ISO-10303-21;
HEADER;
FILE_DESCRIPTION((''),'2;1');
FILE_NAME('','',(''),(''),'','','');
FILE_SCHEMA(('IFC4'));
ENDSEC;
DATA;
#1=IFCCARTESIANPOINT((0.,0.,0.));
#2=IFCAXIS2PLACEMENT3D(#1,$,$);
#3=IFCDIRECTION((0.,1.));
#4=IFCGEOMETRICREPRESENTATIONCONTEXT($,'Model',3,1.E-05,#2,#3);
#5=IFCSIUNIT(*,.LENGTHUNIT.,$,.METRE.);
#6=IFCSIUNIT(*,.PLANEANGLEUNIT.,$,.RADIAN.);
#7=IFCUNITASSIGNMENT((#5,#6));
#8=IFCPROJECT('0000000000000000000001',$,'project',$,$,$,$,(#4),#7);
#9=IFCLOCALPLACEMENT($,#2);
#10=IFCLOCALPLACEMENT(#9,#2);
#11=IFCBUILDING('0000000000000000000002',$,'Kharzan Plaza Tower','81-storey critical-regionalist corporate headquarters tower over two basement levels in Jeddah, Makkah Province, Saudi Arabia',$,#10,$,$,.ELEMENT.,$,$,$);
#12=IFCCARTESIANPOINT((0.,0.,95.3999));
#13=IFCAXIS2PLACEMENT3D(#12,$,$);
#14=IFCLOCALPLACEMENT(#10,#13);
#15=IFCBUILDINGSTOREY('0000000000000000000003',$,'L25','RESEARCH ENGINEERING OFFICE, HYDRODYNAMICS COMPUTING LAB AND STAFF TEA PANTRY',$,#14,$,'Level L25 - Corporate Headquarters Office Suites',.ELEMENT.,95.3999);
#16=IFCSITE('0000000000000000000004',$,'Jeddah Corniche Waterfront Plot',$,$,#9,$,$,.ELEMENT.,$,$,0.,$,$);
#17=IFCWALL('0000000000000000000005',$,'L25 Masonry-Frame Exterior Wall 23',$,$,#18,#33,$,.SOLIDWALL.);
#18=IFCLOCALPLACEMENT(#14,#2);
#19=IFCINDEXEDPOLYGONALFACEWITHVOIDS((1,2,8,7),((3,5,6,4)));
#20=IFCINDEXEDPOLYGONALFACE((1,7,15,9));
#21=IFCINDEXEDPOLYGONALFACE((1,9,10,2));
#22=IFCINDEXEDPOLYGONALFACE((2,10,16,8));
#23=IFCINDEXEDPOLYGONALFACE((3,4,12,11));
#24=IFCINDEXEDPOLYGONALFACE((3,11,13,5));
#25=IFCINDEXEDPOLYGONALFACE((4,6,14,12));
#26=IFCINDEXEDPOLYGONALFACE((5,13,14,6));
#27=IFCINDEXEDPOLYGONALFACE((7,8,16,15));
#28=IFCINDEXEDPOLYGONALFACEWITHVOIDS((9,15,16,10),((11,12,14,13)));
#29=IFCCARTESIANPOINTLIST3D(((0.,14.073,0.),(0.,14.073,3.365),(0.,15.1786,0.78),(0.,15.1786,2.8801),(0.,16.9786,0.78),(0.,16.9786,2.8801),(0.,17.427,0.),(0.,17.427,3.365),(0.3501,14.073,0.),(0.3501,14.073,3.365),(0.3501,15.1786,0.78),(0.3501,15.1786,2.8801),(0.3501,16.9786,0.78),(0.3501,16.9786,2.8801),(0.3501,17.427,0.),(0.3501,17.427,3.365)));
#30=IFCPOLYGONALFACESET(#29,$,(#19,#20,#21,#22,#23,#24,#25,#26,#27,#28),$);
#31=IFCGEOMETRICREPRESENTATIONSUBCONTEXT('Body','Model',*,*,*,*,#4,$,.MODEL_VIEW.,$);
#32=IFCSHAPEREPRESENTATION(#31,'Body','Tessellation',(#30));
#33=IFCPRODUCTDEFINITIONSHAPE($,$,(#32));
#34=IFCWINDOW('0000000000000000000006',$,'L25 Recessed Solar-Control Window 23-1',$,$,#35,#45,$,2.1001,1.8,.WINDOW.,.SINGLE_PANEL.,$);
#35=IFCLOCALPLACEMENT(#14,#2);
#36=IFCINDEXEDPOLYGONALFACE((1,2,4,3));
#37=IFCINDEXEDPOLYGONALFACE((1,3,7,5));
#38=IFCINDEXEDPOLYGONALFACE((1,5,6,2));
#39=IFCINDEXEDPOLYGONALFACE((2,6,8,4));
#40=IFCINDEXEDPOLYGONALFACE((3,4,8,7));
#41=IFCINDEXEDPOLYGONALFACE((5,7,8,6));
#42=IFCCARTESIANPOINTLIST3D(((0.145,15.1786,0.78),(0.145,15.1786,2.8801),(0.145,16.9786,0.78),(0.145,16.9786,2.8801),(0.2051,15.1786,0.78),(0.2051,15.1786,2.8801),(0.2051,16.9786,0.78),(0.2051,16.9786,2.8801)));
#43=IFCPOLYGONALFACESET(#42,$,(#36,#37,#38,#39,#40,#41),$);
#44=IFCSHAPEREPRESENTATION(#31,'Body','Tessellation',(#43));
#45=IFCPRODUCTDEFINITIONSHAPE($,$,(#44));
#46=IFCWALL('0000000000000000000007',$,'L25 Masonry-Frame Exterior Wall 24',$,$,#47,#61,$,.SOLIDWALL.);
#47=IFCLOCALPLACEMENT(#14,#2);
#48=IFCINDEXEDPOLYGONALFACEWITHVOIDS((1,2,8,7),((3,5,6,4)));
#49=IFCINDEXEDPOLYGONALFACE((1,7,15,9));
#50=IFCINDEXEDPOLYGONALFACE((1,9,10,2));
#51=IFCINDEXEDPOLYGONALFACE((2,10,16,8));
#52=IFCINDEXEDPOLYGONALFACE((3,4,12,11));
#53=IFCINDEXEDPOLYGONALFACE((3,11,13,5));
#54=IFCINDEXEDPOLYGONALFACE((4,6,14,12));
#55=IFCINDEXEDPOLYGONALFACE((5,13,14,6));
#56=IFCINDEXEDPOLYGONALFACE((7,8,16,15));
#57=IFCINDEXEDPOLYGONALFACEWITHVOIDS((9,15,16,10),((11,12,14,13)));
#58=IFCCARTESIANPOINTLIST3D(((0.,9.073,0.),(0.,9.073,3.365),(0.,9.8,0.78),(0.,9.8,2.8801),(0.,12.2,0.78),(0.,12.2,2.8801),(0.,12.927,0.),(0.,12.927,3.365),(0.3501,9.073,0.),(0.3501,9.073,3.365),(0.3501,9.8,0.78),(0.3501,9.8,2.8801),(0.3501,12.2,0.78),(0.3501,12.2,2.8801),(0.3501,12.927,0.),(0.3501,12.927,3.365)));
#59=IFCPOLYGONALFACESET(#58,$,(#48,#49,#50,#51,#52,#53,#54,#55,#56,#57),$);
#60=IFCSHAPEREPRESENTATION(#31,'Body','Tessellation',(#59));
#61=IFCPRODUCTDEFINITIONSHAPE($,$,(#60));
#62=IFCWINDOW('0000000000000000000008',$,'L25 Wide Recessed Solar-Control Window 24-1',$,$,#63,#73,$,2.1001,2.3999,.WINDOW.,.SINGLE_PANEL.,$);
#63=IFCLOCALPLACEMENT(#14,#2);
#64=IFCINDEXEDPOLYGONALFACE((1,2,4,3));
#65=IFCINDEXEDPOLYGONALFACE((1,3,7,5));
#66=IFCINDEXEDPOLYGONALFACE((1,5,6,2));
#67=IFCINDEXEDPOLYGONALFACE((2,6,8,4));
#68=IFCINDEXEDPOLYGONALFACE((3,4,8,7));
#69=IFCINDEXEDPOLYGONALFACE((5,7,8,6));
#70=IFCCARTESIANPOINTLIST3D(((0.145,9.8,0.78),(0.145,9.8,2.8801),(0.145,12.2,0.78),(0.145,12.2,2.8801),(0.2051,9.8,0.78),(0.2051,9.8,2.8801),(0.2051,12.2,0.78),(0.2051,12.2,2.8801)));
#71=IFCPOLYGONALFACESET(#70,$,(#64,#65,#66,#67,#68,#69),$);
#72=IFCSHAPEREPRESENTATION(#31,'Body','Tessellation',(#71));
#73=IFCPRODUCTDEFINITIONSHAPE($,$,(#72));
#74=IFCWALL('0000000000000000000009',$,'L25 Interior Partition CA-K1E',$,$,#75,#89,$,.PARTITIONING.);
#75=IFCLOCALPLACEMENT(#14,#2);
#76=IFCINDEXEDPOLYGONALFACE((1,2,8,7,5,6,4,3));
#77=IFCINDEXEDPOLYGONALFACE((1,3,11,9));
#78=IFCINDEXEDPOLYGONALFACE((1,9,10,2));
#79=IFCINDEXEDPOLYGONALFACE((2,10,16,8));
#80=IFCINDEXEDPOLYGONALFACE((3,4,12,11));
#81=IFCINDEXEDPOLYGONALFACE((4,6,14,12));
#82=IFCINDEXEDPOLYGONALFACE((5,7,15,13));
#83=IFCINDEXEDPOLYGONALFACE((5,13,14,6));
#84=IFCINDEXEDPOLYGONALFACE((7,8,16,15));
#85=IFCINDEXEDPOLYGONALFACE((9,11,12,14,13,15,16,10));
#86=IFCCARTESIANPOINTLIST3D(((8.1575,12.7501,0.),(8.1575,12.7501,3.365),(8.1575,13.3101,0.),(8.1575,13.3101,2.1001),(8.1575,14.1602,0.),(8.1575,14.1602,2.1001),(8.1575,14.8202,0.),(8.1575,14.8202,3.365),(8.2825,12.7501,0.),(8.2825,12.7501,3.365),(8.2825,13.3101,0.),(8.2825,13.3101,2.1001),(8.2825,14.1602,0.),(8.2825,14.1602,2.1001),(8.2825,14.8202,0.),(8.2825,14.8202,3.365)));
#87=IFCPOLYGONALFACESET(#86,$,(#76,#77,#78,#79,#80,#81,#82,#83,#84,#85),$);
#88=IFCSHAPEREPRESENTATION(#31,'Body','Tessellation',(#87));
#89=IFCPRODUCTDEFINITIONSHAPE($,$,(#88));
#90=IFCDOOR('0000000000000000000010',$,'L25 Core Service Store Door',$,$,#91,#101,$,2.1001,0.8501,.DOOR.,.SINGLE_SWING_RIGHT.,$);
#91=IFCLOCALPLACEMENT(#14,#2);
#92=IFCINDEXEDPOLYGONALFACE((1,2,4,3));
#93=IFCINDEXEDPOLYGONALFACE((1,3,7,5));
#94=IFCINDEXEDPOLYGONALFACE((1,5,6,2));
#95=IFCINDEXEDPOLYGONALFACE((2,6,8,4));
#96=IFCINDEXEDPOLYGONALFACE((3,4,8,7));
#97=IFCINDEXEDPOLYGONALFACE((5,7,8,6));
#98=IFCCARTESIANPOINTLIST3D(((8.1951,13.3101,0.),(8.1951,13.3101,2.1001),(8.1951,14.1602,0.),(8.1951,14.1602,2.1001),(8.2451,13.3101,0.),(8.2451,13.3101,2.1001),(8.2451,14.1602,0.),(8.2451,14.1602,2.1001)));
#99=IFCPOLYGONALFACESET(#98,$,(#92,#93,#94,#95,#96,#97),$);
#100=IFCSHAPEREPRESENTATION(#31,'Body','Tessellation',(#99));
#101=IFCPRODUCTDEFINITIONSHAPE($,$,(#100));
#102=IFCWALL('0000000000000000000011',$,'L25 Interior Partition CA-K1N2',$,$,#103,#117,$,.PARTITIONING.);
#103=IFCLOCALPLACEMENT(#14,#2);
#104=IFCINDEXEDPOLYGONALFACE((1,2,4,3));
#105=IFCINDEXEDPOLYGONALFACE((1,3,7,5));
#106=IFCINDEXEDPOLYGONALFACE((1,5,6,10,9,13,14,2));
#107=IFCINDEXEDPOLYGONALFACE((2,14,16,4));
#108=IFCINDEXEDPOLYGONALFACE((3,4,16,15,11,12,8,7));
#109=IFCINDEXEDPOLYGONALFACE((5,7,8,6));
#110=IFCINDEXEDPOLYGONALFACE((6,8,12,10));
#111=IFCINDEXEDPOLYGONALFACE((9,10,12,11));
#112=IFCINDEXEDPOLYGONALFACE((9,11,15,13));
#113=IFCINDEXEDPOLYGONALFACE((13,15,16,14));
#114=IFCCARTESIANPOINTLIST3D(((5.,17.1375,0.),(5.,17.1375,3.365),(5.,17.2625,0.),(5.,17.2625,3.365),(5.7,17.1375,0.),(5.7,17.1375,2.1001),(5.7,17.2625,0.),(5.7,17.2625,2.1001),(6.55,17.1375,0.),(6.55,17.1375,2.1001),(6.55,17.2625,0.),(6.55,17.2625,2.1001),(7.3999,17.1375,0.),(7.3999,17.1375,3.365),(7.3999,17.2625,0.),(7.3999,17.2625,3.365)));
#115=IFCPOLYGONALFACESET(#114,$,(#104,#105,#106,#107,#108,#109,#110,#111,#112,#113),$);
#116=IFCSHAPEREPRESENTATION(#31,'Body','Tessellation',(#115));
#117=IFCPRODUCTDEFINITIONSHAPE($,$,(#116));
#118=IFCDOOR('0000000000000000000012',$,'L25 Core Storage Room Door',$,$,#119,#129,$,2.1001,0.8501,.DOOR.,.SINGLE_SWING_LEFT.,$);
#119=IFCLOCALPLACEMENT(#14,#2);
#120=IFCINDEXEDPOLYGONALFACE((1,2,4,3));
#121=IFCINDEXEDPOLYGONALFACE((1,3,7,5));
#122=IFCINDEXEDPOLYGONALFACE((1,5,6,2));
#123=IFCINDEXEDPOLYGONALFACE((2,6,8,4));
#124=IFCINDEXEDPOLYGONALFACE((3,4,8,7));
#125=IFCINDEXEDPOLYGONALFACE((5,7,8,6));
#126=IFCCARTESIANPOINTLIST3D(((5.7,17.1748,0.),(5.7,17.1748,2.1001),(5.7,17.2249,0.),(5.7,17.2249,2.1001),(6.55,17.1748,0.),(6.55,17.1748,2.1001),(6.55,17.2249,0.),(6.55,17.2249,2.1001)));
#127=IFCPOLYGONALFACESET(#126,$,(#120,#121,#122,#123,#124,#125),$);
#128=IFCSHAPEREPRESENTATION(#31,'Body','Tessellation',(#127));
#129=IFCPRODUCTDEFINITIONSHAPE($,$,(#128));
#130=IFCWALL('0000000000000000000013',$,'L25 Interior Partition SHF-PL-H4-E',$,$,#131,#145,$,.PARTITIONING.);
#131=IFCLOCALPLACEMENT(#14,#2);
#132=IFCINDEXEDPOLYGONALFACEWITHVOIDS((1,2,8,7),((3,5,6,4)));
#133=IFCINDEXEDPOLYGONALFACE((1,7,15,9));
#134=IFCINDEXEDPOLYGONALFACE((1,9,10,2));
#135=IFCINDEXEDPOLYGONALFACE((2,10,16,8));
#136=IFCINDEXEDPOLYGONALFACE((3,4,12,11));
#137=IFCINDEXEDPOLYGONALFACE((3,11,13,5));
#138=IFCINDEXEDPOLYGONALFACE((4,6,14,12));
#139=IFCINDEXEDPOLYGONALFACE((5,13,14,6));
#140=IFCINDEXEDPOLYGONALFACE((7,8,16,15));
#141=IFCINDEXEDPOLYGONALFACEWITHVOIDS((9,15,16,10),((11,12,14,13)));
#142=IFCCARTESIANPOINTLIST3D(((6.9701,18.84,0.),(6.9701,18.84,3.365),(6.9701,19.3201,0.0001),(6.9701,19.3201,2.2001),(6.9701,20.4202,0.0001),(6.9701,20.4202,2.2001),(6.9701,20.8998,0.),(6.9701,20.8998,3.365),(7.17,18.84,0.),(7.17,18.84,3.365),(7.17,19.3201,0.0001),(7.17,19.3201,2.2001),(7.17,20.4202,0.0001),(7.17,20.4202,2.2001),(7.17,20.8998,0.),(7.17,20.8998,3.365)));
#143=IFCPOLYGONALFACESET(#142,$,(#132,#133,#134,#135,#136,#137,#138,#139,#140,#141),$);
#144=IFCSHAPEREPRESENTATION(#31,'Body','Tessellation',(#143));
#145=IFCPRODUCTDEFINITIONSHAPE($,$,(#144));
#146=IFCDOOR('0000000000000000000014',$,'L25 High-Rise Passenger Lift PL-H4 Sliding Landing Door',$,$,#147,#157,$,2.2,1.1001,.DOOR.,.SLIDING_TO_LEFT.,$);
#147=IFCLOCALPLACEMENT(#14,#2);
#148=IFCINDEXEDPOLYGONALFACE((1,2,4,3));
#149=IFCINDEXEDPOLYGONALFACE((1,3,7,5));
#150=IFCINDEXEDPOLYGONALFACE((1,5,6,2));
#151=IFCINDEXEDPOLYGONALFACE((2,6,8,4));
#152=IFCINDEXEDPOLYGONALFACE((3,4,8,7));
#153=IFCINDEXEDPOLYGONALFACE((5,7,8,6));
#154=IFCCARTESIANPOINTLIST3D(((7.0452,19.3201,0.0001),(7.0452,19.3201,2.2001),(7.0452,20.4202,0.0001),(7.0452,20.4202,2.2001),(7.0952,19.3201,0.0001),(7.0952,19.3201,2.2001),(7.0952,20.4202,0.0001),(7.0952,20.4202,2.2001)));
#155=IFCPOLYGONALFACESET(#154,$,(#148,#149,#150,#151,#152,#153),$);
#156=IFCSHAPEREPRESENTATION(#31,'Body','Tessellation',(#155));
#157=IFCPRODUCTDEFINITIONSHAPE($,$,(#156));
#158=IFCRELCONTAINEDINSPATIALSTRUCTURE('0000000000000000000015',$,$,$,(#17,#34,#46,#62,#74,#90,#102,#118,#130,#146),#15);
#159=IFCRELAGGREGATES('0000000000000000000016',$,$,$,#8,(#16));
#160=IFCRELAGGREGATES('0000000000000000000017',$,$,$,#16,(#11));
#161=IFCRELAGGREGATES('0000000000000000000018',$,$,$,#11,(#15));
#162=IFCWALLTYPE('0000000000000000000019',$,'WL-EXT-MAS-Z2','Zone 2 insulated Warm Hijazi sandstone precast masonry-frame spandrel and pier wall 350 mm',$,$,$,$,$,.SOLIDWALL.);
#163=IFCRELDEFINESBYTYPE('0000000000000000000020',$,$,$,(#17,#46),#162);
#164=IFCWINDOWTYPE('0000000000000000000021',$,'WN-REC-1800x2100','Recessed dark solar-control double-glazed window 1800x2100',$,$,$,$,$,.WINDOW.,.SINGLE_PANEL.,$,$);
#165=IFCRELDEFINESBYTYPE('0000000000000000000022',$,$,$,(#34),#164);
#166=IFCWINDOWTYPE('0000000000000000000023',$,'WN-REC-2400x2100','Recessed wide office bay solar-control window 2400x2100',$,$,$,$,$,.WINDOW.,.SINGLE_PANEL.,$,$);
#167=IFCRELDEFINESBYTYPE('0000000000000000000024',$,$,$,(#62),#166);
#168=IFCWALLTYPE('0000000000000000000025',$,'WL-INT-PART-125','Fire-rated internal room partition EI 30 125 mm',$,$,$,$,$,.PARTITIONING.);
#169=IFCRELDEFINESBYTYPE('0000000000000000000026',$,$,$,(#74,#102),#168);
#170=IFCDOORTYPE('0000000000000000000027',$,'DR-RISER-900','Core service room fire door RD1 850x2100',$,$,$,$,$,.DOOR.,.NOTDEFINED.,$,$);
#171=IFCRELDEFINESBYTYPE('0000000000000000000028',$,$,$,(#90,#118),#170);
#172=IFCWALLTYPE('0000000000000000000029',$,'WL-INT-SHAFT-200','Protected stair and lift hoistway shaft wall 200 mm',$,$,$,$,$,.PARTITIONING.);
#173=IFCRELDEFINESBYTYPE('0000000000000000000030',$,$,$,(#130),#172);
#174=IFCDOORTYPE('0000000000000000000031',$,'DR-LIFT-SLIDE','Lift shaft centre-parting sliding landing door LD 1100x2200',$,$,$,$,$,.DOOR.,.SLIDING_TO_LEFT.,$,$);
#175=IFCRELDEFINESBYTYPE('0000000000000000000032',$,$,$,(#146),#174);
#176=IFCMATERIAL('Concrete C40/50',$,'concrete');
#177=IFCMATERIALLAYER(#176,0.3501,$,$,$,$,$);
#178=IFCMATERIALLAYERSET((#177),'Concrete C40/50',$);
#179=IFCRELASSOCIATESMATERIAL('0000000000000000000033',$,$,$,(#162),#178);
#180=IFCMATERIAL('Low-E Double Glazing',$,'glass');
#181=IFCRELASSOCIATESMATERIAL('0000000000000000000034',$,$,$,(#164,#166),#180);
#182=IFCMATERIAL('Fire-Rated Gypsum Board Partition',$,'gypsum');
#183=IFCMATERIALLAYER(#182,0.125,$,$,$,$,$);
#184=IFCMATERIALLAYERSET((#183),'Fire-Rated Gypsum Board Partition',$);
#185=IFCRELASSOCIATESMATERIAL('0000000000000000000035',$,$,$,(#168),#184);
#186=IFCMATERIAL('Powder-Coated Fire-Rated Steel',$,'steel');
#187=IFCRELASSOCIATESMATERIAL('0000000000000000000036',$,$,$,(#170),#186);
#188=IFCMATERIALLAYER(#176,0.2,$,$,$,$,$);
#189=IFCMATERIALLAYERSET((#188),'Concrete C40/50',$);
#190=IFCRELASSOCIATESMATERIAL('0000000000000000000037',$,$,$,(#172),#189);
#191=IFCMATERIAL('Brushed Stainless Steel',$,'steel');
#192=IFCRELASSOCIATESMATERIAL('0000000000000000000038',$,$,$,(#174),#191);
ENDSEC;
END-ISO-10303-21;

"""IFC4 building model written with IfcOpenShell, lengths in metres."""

from ifc_helpers import new_model, si_unit, direction, frame, frame_2d, origin, place, context, subcontext, project, spatial, rectangle, extrude, source, transform, mapped, material, layer, layer_set, type_object, element, fill, save


model = new_model("IFC4")

# Units and contexts
model_context = context("Model", 3, precision=1e-05, world=origin(), true_north=direction((0.0, 1.0)))
body_context = subcontext(model_context, "Body", "Model", "MODEL_VIEW")
ifc_project = project(units=[si_unit("LENGTHUNIT", "METRE"), si_unit("PLANEANGLEUNIT", "RADIAN")], contexts=[model_context])

# Site, building, storey
site_placement = place(None, origin())
site = spatial("IfcSite", under=ifc_project, at=site_placement, Name="Jeddah Corniche Waterfront Plot", CompositionType="ELEMENT", RefElevation=0.0)
building_placement = place(site_placement, origin())
building = spatial("IfcBuilding", under=site, at=building_placement, Name="Kharzan Plaza Tower", Description="81-storey critical-regionalist corporate headquarters tower over two basement levels in Jeddah, Makkah Province, Saudi Arabia", CompositionType="ELEMENT")
storey_placement = place(building_placement, frame((0.0, 0.0, 95.3999)))
storey = spatial("IfcBuildingStorey", under=building, at=storey_placement, Name="L25", Description="RESEARCH ENGINEERING OFFICE, HYDRODYNAMICS COMPUTING LAB AND STAFF TEA PANTRY", LongName="Level L25 - Corporate Headquarters Office Suites", CompositionType="ELEMENT", Elevation=95.3999)

# Walls, openings, windows
ifc_material_1 = material(Name="Concrete C40/50", Category="concrete")
ifc_layer_1 = layer(ifc_material_1, 0.3501)
ifc_layer_set_1 = layer_set([ifc_layer_1], Name="Concrete C40/50")
wall_type_1 = type_object("IfcWallType", Name="WL-EXT-MAS-Z2", Description="Zone 2 insulated Warm Hijazi sandstone precast masonry-frame spandrel and pier wall 350 mm", PredefinedType="SOLIDWALL", material=ifc_layer_set_1)
wall_1_placement = place(storey_placement, frame((0.175, 17.427, 0.0), z_axis=(0.0, 0.0, 1.0), x_axis=(0.0, -1.0, 0.0)))
wall_1 = element("IfcWall", 1, at=wall_1_placement, inside=storey, type_object=wall_type_1, Name="L25 Masonry-Frame Exterior Wall 23", PredefinedType="SOLIDWALL", context=body_context, shape_type="SweptSolid", body=[
    extrude(rectangle(XDim=3.354, YDim=0.3501, at=frame_2d((1.677, 0.0))), origin(), (0.0, 0.0, 1.0), 3.365),
])
opening_1_placement = place(wall_1_placement, frame((0.4485, 0.0, 0.78)))
opening_1 = element("IfcOpeningElement", 2, at=opening_1_placement, cuts=wall_1, PredefinedType="OPENING", context=body_context, shape_type="SweptSolid", body=[
    extrude(rectangle(XDim=1.8, YDim=2.1001, at=frame_2d((0.8999, 1.05))), frame((0.0, 0.1851, 0.0), z_axis=(0.0, -1.0, 0.0), x_axis=(1.0, 0.0, 0.0)), (0.0, 0.0, 1.0), 0.3701),
])
ifc_material_2 = material(Name="Low-E Double Glazing", Category="glass")
window_type_1 = type_object("IfcWindowType", Name="WN-REC-1800x2100", Description="Recessed dark solar-control double-glazed window 1800x2100", PartitioningType="SINGLE_PANEL", PredefinedType="WINDOW", material=ifc_material_2)
shared_shape_1 = source(origin(), body_context, "Body", "SweptSolid", [
    extrude(rectangle(XDim=1.8, YDim=2.1001, at=frame_2d((0.8999, 1.05))), frame((0.0, 0.03, 0.0), z_axis=(0.0, -1.0, 0.0), x_axis=(1.0, 0.0, 0.0)), (0.0, 0.0, 1.0), 0.0601),
])
window_1_placement = place(opening_1_placement, origin())
window_1 = element("IfcWindow", 3, at=window_1_placement, inside=storey, type_object=window_type_1, Name="L25 Recessed Solar-Control Window 23-1", OverallHeight=2.1001, OverallWidth=1.8, PartitioningType="SINGLE_PANEL", PredefinedType="WINDOW", context=body_context, shape_type="MappedRepresentation", body=[
    mapped(shared_shape_1, transform((0.0, 0.0, 0.0), x_axis=(1.0, 0.0, 0.0), y_axis=(0.0, 1.0, 0.0), z_axis=(0.0, 0.0, 1.0))),
])
fill(opening_1, window_1)
wall_2_placement = place(storey_placement, frame((0.175, 12.927, 0.0), z_axis=(0.0, 0.0, 1.0), x_axis=(0.0, -1.0, 0.0)))
wall_2 = element("IfcWall", 4, at=wall_2_placement, inside=storey, type_object=wall_type_1, Name="L25 Masonry-Frame Exterior Wall 24", PredefinedType="SOLIDWALL", context=body_context, shape_type="SweptSolid", body=[
    extrude(rectangle(XDim=3.854, YDim=0.3501, at=frame_2d((1.927, 0.0))), origin(), (0.0, 0.0, 1.0), 3.365),
])
opening_2_placement = place(wall_2_placement, frame((0.7271, 0.0, 0.78)))
opening_2 = element("IfcOpeningElement", 5, at=opening_2_placement, cuts=wall_2, PredefinedType="OPENING", context=body_context, shape_type="SweptSolid", body=[
    extrude(rectangle(XDim=2.3999, YDim=2.1001, at=frame_2d((1.2, 1.05))), frame((0.0, 0.1851, 0.0), z_axis=(0.0, -1.0, 0.0), x_axis=(1.0, 0.0, 0.0)), (0.0, 0.0, 1.0), 0.3701),
])
window_type_2 = type_object("IfcWindowType", Name="WN-REC-2400x2100", Description="Recessed wide office bay solar-control window 2400x2100", PartitioningType="SINGLE_PANEL", PredefinedType="WINDOW", material=ifc_material_2)
shared_shape_2 = source(origin(), body_context, "Body", "SweptSolid", [
    extrude(rectangle(XDim=2.3999, YDim=2.1001, at=frame_2d((1.2, 1.05))), frame((0.0, 0.03, 0.0), z_axis=(0.0, -1.0, 0.0), x_axis=(1.0, 0.0, 0.0)), (0.0, 0.0, 1.0), 0.0601),
])
window_2_placement = place(opening_2_placement, origin())
window_2 = element("IfcWindow", 6, at=window_2_placement, inside=storey, type_object=window_type_2, Name="L25 Wide Recessed Solar-Control Window 24-1", OverallHeight=2.1001, OverallWidth=2.3999, PartitioningType="SINGLE_PANEL", PredefinedType="WINDOW", context=body_context, shape_type="MappedRepresentation", body=[
    mapped(shared_shape_2, transform((0.0, 0.0, 0.0), x_axis=(1.0, 0.0, 0.0), y_axis=(0.0, 1.0, 0.0), z_axis=(0.0, 0.0, 1.0))),
])
fill(opening_2, window_2)

# Walls, openings, doors
ifc_material_3 = material(Name="Fire-Rated Gypsum Board Partition", Category="gypsum")
ifc_layer_2 = layer(ifc_material_3, 0.125)
ifc_layer_set_2 = layer_set([ifc_layer_2], Name="Fire-Rated Gypsum Board Partition")
wall_type_2 = type_object("IfcWallType", Name="WL-INT-PART-125", Description="Fire-rated internal room partition EI 30 125 mm", PredefinedType="PARTITIONING", material=ifc_layer_set_2)
wall_3_placement = place(storey_placement, frame((8.22, 12.75, 0.0), z_axis=(0.0, 0.0, 1.0), x_axis=(0.0, 1.0, 0.0)))
wall_3 = element("IfcWall", 7, at=wall_3_placement, inside=storey, type_object=wall_type_2, Name="L25 Interior Partition CA-K1E", PredefinedType="PARTITIONING", context=body_context, shape_type="SweptSolid", body=[
    extrude(rectangle(XDim=2.0701, YDim=0.125, at=frame_2d((1.0352, 0.0))), origin(), (0.0, 0.0, 1.0), 3.365),
])
opening_3_placement = place(wall_3_placement, frame((0.5601, 0.0, 0.0)))
opening_3 = element("IfcOpeningElement", 8, at=opening_3_placement, cuts=wall_3, PredefinedType="OPENING", context=body_context, shape_type="SweptSolid", body=[
    extrude(rectangle(XDim=0.8501, YDim=2.1001, at=frame_2d((0.425, 1.05))), frame((0.0, 0.0725, 0.0), z_axis=(0.0, -1.0, 0.0), x_axis=(1.0, 0.0, 0.0)), (0.0, 0.0, 1.0), 0.145),
])
ifc_material_4 = material(Name="Powder-Coated Fire-Rated Steel", Category="steel")
door_type_1 = type_object("IfcDoorType", Name="DR-RISER-900", Description="Core service room fire door RD1 850x2100", OperationType="NOTDEFINED", PredefinedType="DOOR", material=ifc_material_4)
shared_shape_3 = source(origin(), body_context, "Body", "SweptSolid", [
    extrude(rectangle(XDim=0.8501, YDim=2.1001, at=frame_2d((0.425, 1.05))), frame((0.0, 0.0249, 0.0), z_axis=(0.0, -1.0, 0.0), x_axis=(1.0, 0.0, 0.0)), (0.0, 0.0, 1.0), 0.05),
])
door_1_placement = place(opening_3_placement, origin())
door_1 = element("IfcDoor", 9, at=door_1_placement, inside=storey, type_object=door_type_1, Name="L25 Core Service Store Door", OperationType="SINGLE_SWING_RIGHT", OverallHeight=2.1001, OverallWidth=0.8501, PredefinedType="DOOR", context=body_context, shape_type="MappedRepresentation", body=[
    mapped(shared_shape_3, transform((0.0, 0.0, 0.0), x_axis=(1.0, 0.0, 0.0), y_axis=(0.0, 1.0, 0.0), z_axis=(0.0, 0.0, 1.0))),
])
fill(opening_3, door_1)
wall_4_placement = place(storey_placement, frame((5.0, 17.2, 0.0), z_axis=(0.0, 0.0, 1.0), x_axis=(1.0, 0.0, 0.0)))
wall_4 = element("IfcWall", 10, at=wall_4_placement, inside=storey, type_object=wall_type_2, Name="L25 Interior Partition CA-K1N2", PredefinedType="PARTITIONING", context=body_context, shape_type="SweptSolid", body=[
    extrude(rectangle(XDim=2.3999, YDim=0.125, at=frame_2d((1.2, 0.0))), origin(), (0.0, 0.0, 1.0), 3.365),
])
opening_4_placement = place(wall_4_placement, frame((0.7, 0.0, 0.0)))
opening_4 = element("IfcOpeningElement", 11, at=opening_4_placement, cuts=wall_4, PredefinedType="OPENING", context=body_context, shape_type="SweptSolid", body=[
    extrude(rectangle(XDim=0.8501, YDim=2.1001, at=frame_2d((0.425, 1.05))), frame((0.0, 0.0725, 0.0), z_axis=(0.0, -1.0, 0.0), x_axis=(1.0, 0.0, 0.0)), (0.0, 0.0, 1.0), 0.145),
])
door_2_placement = place(opening_4_placement, origin())
door_2 = element("IfcDoor", 12, at=door_2_placement, inside=storey, type_object=door_type_1, Name="L25 Core Storage Room Door", OperationType="SINGLE_SWING_LEFT", OverallHeight=2.1001, OverallWidth=0.8501, PredefinedType="DOOR", context=body_context, shape_type="MappedRepresentation", body=[
    mapped(shared_shape_3, transform((0.0, 0.0, 0.0), x_axis=(1.0, 0.0, 0.0), y_axis=(0.0, 1.0, 0.0), z_axis=(0.0, 0.0, 1.0))),
])
fill(opening_4, door_2)
ifc_layer_3 = layer(ifc_material_1, 0.2)
ifc_layer_set_3 = layer_set([ifc_layer_3], Name="Concrete C40/50")
wall_type_3 = type_object("IfcWallType", Name="WL-INT-SHAFT-200", Description="Protected stair and lift hoistway shaft wall 200 mm", PredefinedType="PARTITIONING", material=ifc_layer_set_3)
wall_5_placement = place(storey_placement, frame((7.0701, 18.8401, 0.0), z_axis=(0.0, 0.0, 1.0), x_axis=(0.0, 1.0, 0.0)))
wall_5 = element("IfcWall", 13, at=wall_5_placement, inside=storey, type_object=wall_type_3, Name="L25 Interior Partition SHF-PL-H4-E", PredefinedType="PARTITIONING", context=body_context, shape_type="SweptSolid", body=[
    extrude(rectangle(XDim=2.0598, YDim=0.2, at=frame_2d((1.0298, 0.0))), origin(), (0.0, 0.0, 1.0), 3.365),
])
opening_5_placement = place(wall_5_placement, frame((0.48, 0.0, 0.0)))
opening_5 = element("IfcOpeningElement", 14, at=opening_5_placement, cuts=wall_5, PredefinedType="OPENING", context=body_context, shape_type="SweptSolid", body=[
    extrude(rectangle(XDim=1.1001, YDim=2.2, at=frame_2d((0.55, 1.1001))), frame((0.0, 0.1099, 0.0), z_axis=(0.0, -1.0, 0.0), x_axis=(1.0, 0.0, 0.0)), (0.0, 0.0, 1.0), 0.22),
])
ifc_material_5 = material(Name="Brushed Stainless Steel", Category="steel")
door_type_2 = type_object("IfcDoorType", Name="DR-LIFT-SLIDE", Description="Lift shaft centre-parting sliding landing door LD 1100x2200", OperationType="SLIDING_TO_LEFT", PredefinedType="DOOR", material=ifc_material_5)
shared_shape_4 = source(origin(), body_context, "Body", "SweptSolid", [
    extrude(rectangle(XDim=1.1001, YDim=2.2, at=frame_2d((0.55, 1.1001))), frame((0.0, 0.0249, 0.0), z_axis=(0.0, -1.0, 0.0), x_axis=(1.0, 0.0, 0.0)), (0.0, 0.0, 1.0), 0.05),
])
door_3_placement = place(opening_5_placement, origin())
door_3 = element("IfcDoor", 15, at=door_3_placement, inside=storey, type_object=door_type_2, Name="L25 High-Rise Passenger Lift PL-H4 Sliding Landing Door", OperationType="SLIDING_TO_LEFT", OverallHeight=2.2, OverallWidth=1.1001, PredefinedType="DOOR", context=body_context, shape_type="MappedRepresentation", body=[
    mapped(shared_shape_4, transform((0.0, 0.0, 0.0), x_axis=(1.0, 0.0, 0.0), y_axis=(0.0, 1.0, 0.0), z_axis=(0.0, 0.0, 1.0))),
])
fill(opening_5, door_3)

save(model, "model.ifc")
